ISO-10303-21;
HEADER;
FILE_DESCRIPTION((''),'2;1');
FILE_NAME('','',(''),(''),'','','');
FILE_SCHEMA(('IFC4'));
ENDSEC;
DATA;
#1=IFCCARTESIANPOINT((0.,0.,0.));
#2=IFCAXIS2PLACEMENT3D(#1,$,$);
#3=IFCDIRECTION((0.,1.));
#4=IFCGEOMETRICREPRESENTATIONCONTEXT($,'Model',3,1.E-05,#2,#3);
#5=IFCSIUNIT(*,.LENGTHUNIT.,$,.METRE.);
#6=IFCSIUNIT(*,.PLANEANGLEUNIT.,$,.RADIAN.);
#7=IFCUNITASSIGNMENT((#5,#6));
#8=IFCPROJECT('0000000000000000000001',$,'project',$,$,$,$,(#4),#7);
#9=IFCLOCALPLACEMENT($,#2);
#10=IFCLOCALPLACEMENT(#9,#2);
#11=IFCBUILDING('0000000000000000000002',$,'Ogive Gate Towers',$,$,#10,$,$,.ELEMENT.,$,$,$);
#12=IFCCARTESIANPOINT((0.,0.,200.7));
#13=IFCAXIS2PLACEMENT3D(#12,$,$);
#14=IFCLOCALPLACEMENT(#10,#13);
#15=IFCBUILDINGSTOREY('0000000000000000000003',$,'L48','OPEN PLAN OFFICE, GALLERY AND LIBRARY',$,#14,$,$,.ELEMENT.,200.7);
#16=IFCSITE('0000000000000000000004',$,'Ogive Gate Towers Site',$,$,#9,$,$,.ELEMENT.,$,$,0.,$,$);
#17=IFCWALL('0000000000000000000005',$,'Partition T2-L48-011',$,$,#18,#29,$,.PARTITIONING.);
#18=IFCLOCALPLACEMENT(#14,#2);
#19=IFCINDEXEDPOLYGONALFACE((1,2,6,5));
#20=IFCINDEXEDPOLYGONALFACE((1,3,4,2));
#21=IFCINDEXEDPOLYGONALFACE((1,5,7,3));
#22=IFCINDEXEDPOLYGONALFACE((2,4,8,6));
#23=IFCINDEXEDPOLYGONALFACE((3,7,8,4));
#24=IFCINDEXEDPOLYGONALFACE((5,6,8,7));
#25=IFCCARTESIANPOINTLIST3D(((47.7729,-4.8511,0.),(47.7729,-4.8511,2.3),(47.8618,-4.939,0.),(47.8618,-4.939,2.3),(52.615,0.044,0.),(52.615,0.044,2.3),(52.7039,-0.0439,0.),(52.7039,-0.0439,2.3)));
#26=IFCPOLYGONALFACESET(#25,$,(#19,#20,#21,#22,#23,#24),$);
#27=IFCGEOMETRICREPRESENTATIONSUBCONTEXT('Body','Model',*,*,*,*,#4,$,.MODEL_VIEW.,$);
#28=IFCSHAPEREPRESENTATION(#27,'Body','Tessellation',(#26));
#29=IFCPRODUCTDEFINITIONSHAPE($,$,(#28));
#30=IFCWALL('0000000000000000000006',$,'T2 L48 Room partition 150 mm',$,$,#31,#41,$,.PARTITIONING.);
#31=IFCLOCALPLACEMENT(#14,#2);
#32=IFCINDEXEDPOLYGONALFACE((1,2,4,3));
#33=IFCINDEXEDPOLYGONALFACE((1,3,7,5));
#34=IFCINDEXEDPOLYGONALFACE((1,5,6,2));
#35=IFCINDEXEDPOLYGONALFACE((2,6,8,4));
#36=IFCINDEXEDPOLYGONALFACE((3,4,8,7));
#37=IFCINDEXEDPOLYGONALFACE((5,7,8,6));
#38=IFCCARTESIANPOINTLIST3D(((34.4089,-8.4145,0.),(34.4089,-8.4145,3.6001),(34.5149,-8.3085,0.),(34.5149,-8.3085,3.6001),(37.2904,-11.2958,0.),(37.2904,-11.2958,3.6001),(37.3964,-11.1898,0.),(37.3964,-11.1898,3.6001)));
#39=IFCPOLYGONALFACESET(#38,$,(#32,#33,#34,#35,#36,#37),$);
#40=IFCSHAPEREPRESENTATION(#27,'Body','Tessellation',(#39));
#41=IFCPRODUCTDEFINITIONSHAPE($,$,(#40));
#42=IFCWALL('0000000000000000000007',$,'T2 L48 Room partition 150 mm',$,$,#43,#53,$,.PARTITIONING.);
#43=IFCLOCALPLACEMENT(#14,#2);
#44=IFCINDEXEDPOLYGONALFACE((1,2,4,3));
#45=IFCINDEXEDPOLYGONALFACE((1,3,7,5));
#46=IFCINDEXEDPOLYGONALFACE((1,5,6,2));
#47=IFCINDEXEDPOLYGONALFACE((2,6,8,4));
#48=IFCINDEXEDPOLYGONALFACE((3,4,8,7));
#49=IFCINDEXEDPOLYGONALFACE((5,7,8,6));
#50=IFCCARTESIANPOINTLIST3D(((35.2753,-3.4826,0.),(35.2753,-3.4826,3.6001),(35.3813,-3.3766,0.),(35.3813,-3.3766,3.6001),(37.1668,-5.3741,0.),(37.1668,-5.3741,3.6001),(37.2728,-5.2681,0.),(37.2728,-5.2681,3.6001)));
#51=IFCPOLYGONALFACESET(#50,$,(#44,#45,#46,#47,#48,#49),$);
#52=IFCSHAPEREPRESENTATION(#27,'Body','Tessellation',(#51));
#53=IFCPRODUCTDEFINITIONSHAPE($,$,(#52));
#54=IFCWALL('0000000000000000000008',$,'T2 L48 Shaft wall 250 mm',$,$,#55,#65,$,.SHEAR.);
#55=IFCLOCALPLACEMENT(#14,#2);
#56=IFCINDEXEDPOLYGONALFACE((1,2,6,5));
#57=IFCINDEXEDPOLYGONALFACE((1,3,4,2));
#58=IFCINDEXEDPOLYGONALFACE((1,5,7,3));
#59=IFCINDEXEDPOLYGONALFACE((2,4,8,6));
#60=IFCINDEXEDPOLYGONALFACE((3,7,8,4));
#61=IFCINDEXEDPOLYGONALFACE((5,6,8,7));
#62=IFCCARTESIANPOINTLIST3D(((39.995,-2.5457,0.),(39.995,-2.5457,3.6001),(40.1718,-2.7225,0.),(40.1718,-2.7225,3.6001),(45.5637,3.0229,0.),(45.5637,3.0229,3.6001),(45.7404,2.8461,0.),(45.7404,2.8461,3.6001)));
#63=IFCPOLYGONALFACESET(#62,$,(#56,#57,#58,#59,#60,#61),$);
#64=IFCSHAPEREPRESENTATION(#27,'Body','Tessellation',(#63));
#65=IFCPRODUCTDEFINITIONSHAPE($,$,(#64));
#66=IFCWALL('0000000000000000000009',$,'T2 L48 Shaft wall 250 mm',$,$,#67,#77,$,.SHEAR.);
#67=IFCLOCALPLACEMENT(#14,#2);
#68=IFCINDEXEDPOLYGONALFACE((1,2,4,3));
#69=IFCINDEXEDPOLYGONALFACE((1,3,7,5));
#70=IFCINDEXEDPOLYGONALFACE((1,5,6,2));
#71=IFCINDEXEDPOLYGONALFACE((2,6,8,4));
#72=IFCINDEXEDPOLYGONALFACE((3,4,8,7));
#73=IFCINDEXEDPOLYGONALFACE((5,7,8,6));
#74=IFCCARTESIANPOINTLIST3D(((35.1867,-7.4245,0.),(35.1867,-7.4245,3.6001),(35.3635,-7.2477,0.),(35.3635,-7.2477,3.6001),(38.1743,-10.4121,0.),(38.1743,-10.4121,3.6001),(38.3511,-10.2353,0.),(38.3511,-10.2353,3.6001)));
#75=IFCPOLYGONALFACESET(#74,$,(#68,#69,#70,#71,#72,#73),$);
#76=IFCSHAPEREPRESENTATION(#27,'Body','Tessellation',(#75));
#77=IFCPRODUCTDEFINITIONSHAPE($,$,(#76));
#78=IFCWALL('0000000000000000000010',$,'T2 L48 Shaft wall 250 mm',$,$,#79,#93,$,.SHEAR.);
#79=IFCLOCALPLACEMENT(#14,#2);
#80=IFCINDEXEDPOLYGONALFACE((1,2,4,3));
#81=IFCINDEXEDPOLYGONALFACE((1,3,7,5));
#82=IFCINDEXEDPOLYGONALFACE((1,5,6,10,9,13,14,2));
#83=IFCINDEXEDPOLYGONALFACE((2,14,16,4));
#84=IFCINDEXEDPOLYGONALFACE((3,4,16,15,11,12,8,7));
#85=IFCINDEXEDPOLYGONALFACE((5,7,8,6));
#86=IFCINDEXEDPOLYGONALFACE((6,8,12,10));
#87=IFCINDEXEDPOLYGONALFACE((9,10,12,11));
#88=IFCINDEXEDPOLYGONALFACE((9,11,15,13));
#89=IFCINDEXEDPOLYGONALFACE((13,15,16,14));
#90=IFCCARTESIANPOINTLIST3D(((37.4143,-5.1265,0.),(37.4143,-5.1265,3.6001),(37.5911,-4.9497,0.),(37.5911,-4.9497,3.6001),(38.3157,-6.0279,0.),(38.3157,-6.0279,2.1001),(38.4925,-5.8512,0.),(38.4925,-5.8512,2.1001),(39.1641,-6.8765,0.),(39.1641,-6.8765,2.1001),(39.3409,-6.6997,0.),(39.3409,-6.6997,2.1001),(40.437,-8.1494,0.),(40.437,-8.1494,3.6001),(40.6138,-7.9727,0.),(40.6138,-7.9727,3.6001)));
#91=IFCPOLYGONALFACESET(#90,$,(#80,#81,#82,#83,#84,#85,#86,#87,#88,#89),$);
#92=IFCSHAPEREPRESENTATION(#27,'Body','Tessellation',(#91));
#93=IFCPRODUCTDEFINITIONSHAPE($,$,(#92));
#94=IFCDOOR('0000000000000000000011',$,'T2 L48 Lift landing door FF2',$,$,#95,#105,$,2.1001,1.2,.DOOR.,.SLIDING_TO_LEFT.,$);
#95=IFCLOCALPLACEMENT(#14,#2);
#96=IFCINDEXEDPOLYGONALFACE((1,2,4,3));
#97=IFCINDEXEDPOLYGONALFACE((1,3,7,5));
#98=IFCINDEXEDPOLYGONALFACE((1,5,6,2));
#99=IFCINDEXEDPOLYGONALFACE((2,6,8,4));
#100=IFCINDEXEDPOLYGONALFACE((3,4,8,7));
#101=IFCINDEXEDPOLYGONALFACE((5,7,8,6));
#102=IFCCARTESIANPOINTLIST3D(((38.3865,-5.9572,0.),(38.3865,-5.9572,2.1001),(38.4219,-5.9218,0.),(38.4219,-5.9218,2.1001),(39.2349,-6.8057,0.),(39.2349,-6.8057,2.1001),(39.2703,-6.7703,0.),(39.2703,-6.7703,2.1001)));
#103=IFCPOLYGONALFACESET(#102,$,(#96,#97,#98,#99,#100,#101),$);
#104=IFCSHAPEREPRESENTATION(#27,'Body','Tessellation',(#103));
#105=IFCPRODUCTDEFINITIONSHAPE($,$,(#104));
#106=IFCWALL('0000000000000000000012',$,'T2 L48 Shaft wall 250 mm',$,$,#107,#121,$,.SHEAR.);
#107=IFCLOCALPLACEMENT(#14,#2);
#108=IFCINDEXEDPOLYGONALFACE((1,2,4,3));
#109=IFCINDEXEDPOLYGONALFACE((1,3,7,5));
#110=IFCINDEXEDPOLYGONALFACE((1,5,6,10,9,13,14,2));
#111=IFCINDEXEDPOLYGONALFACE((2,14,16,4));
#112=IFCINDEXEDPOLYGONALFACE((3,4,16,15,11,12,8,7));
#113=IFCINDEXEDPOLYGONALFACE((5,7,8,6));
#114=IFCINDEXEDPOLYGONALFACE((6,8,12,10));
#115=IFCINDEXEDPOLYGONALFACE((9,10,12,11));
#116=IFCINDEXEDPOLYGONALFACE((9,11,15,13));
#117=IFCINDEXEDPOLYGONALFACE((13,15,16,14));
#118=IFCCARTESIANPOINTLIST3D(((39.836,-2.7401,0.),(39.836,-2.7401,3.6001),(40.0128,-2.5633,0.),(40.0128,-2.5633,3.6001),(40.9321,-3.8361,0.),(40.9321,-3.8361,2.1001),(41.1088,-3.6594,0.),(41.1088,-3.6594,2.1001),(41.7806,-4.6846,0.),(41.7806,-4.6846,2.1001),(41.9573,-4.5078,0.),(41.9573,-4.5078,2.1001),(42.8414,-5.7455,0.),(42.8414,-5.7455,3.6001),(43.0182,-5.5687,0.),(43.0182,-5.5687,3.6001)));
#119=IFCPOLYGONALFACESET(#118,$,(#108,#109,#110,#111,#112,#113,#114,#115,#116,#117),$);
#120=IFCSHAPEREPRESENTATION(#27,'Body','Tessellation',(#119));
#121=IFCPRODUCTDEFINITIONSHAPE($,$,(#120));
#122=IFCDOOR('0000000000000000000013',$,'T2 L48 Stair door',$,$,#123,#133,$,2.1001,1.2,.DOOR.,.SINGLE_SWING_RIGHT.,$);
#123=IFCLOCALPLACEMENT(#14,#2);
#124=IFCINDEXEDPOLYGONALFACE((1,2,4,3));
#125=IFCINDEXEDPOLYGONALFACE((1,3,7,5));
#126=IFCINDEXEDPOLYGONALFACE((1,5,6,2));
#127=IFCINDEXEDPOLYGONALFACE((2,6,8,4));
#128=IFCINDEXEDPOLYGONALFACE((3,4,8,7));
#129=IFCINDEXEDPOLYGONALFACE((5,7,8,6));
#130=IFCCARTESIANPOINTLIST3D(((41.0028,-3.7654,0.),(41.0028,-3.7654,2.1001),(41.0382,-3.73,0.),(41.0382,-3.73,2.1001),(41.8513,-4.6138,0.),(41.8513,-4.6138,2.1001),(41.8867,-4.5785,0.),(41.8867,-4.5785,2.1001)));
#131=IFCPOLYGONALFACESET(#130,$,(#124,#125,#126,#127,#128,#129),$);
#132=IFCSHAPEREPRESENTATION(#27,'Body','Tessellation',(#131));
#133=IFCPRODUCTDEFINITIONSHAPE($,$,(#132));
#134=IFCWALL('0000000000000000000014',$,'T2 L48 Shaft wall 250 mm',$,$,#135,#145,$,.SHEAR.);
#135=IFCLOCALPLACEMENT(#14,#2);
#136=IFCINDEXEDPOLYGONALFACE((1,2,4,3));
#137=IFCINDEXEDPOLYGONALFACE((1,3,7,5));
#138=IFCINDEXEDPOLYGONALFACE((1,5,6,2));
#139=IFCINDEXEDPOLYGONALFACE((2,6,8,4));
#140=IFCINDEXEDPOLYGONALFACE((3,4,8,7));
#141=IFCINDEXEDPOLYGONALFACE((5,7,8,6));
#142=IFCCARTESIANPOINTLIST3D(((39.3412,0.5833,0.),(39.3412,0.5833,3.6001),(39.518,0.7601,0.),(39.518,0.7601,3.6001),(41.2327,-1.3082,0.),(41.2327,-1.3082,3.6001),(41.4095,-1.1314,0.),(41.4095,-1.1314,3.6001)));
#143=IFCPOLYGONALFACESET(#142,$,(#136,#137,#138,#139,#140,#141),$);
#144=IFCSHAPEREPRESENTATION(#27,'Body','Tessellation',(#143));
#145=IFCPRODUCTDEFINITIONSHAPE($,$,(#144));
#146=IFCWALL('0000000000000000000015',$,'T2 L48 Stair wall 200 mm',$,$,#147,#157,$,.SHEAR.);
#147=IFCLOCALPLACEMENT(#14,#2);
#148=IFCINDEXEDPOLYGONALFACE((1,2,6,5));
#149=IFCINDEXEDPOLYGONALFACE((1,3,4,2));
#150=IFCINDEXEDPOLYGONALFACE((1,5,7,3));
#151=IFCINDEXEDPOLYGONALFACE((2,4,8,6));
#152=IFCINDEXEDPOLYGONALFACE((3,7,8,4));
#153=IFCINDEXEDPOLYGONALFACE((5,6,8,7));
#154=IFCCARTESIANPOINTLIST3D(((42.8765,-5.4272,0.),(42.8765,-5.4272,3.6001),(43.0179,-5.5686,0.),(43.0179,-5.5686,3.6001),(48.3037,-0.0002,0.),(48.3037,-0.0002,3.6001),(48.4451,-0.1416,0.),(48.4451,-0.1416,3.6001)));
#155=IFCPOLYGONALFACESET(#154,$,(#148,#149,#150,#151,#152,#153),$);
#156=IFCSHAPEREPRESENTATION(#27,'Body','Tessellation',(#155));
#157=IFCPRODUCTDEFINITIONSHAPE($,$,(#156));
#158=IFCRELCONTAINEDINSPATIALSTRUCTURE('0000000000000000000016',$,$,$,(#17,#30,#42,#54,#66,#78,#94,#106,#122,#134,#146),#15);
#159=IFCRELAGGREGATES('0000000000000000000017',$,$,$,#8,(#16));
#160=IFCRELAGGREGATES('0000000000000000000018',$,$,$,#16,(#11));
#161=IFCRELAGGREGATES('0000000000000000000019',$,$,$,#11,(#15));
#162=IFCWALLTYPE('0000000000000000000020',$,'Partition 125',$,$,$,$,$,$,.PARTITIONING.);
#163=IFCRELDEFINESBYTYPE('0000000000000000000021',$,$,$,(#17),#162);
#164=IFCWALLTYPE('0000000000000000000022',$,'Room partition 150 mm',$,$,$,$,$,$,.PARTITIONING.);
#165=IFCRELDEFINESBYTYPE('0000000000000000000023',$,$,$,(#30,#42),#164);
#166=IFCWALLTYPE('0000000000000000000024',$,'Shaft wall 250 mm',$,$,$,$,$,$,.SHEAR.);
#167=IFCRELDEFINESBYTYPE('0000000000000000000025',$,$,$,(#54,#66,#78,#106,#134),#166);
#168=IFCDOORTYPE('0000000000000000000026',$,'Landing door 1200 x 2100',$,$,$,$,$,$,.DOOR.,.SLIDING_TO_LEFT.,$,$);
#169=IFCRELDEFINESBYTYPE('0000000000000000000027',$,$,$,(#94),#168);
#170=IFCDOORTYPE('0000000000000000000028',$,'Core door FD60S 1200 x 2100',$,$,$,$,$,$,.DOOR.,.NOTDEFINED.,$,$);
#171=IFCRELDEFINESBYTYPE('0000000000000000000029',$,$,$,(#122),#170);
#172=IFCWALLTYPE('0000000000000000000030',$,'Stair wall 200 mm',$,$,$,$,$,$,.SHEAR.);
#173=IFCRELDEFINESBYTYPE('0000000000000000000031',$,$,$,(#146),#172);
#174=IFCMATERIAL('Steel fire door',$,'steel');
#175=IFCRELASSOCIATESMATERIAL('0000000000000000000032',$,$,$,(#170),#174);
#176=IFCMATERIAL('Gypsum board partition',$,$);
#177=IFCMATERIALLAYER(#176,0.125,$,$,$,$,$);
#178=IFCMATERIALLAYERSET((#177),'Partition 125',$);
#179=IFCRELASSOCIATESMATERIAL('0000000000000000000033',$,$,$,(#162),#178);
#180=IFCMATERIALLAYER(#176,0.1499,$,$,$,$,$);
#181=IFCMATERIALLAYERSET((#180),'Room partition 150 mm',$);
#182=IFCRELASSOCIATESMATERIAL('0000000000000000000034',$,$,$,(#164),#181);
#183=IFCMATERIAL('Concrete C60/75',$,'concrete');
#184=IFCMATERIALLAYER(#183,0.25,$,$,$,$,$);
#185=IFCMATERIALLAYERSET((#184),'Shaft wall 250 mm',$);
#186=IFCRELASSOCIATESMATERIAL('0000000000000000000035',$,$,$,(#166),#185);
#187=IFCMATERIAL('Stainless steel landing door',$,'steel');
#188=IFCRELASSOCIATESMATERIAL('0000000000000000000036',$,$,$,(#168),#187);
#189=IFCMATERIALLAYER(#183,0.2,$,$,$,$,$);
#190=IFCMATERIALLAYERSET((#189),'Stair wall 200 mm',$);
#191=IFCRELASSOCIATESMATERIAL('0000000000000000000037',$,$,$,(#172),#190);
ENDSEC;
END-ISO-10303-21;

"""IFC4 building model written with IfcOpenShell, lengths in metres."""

from ifc_helpers import new_model, si_unit, direction, frame, frame_2d, origin, place, context, subcontext, project, spatial, rectangle, extrude, material, layer, layer_set, type_object, element, fill, save


model = new_model("IFC4")

# Units and contexts
model_context = context("Model", 3, precision=1e-05, world=origin(), true_north=direction((0.0, 1.0)))
body_context = subcontext(model_context, "Body", "Model", "MODEL_VIEW")
ifc_project = project(units=[si_unit("LENGTHUNIT", "METRE"), si_unit("PLANEANGLEUNIT", "RADIAN")], contexts=[model_context])

# Site, building, storey
site_placement = place(None, origin())
site = spatial("IfcSite", under=ifc_project, at=site_placement, Name="Ogive Gate Towers Site", CompositionType="ELEMENT", RefElevation=0.0)
building_placement = place(site_placement, origin())
building = spatial("IfcBuilding", under=site, at=building_placement, Name="Ogive Gate Towers", CompositionType="ELEMENT")
storey_placement = place(building_placement, frame((0.0, 0.0, 200.7)))
storey = spatial("IfcBuildingStorey", under=building, at=storey_placement, Name="L48", Description="OPEN PLAN OFFICE, GALLERY AND LIBRARY", CompositionType="ELEMENT", Elevation=200.7)

# Shared definitions
ifc_material_1 = material(Name="Concrete C60/75", Category="concrete")
ifc_material_2 = material(Name="Steel fire door", Category="steel")
door_type_1 = type_object("IfcDoorType", Name="Core door FD60S 1200 x 2100", OperationType="NOTDEFINED", PredefinedType="DOOR", material=ifc_material_2)

# Walls
ifc_material_3 = material(Name="Gypsum board partition")
ifc_layer_1 = layer(ifc_material_3, 0.125)
ifc_layer_set_1 = layer_set([ifc_layer_1], Name="Partition 125")
wall_type_1 = type_object("IfcWallType", Name="Partition 125", PredefinedType="PARTITIONING", material=ifc_layer_set_1)
wall_1_placement = place(storey_placement, frame((47.8174, -4.895, 0.0), z_axis=(0.0, 0.0, 1.0), x_axis=(0.703249, 0.710944, 0.0)))
element("IfcWall", 1, at=wall_1_placement, inside=storey, type_object=wall_type_1, Name="Partition T2-L48-011", PredefinedType="PARTITIONING", context=body_context, shape_type="SweptSolid", body=[
    extrude(rectangle(XDim=6.8853, YDim=0.125, at=frame_2d((3.4426, 0.0))), origin(), (0.0, 0.0, 1.0), 2.3),
])
ifc_layer_2 = layer(ifc_material_3, 0.1499)
ifc_layer_set_2 = layer_set([ifc_layer_2], Name="Room partition 150 mm")
wall_type_2 = type_object("IfcWallType", Name="Room partition 150 mm", PredefinedType="PARTITIONING", material=ifc_layer_set_2)
wall_2_placement = place(storey_placement, frame((37.3435, -11.2429, 0.0), z_axis=(0.0, 0.0, 1.0), x_axis=(-0.707137, 0.707077, 0.0)))
element("IfcWall", 2, at=wall_2_placement, inside=storey, type_object=wall_type_2, Name="T2 L48 Room partition 150 mm", PredefinedType="PARTITIONING", context=body_context, shape_type="SweptSolid", body=[
    extrude(rectangle(XDim=4.075, YDim=0.1499, at=frame_2d((2.0376, 0.0))), origin(), (0.0, 0.0, 1.0), 3.6001),
])
wall_3_placement = place(storey_placement, frame((37.2197, -5.321, 0.0), z_axis=(0.0, 0.0, 1.0), x_axis=(-0.707107, 0.707107, 0.0)))
element("IfcWall", 3, at=wall_3_placement, inside=storey, type_object=wall_type_2, Name="T2 L48 Room partition 150 mm", PredefinedType="PARTITIONING", context=body_context, shape_type="SweptSolid", body=[
    extrude(rectangle(XDim=2.675, YDim=0.1499, at=frame_2d((1.3374, 0.0))), origin(), (0.0, 0.0, 1.0), 3.6001),
])
ifc_layer_3 = layer(ifc_material_1, 0.25)
ifc_layer_set_3 = layer_set([ifc_layer_3], Name="Shaft wall 250 mm")
wall_type_3 = type_object("IfcWallType", Name="Shaft wall 250 mm", PredefinedType="SHEAR", material=ifc_layer_set_3)
wall_4_placement = place(storey_placement, frame((40.0835, -2.634, 0.0), z_axis=(0.0, 0.0, 1.0), x_axis=(0.707107, 0.707107, 0.0)))
element("IfcWall", 4, at=wall_4_placement, inside=storey, type_object=wall_type_3, Name="T2 L48 Shaft wall 250 mm", PredefinedType="SHEAR", context=body_context, shape_type="SweptSolid", body=[
    extrude(rectangle(XDim=7.8752, YDim=0.25, at=frame_2d((3.9375, 0.0))), origin(), (0.0, 0.0, 1.0), 3.6001),
])
wall_5_placement = place(storey_placement, frame((38.2627, -10.3237, 0.0), z_axis=(0.0, 0.0, 1.0), x_axis=(-0.707107, 0.707107, 0.0)))
element("IfcWall", 5, at=wall_5_placement, inside=storey, type_object=wall_type_3, Name="T2 L48 Shaft wall 250 mm", PredefinedType="SHEAR", context=body_context, shape_type="SweptSolid", body=[
    extrude(rectangle(XDim=4.2251, YDim=0.25, at=frame_2d((2.1125, 0.0))), origin(), (0.0, 0.0, 1.0), 3.6001),
])

# Walls, openings, doors
wall_6_placement = place(storey_placement, frame((40.5254, -8.061, 0.0), z_axis=(0.0, 0.0, 1.0), x_axis=(-0.707078, 0.707135, 0.0)))
wall_6 = element("IfcWall", 6, at=wall_6_placement, inside=storey, type_object=wall_type_3, Name="T2 L48 Shaft wall 250 mm", PredefinedType="SHEAR", context=body_context, shape_type="SweptSolid", body=[
    extrude(rectangle(XDim=4.2749, YDim=0.25, at=frame_2d((2.1375, 0.0))), origin(), (0.0, 0.0, 1.0), 3.6001),
])
opening_1_placement = place(wall_6_placement, frame((1.8, 0.0, 0.0)))
opening_1 = element("IfcOpeningElement", 7, at=opening_1_placement, cuts=wall_6, PredefinedType="OPENING", context=body_context, shape_type="SweptSolid", body=[
    extrude(rectangle(XDim=1.2, YDim=2.1001, at=frame_2d((0.6001, 1.05))), frame((0.0, 0.135, 0.0), z_axis=(0.0, -1.0, 0.0), x_axis=(1.0, 0.0, 0.0)), (0.0, 0.0, 1.0), 0.27),
])
ifc_material_4 = material(Name="Stainless steel landing door", Category="steel")
door_type_2 = type_object("IfcDoorType", Name="Landing door 1200 x 2100", OperationType="SLIDING_TO_LEFT", PredefinedType="DOOR", material=ifc_material_4)
door_1_placement = place(opening_1_placement, origin())
door_1 = element("IfcDoor", 8, at=door_1_placement, inside=storey, type_object=door_type_2, Name="T2 L48 Lift landing door FF2", OperationType="SLIDING_TO_LEFT", OverallHeight=2.1001, OverallWidth=1.2, PredefinedType="DOOR", context=body_context, shape_type="SweptSolid", body=[
    extrude(rectangle(XDim=1.2, YDim=2.1001, at=frame_2d((0.6001, 1.05))), frame((0.0, 0.0249, 0.0), z_axis=(0.0, -1.0, 0.0), x_axis=(1.0, 0.0, 0.0)), (0.0, 0.0, 1.0), 0.05),
])
fill(opening_1, door_1)
wall_7_placement = place(storey_placement, frame((42.9297, -5.657, 0.0), z_axis=(0.0, 0.0, 1.0), x_axis=(-0.707107, 0.707107, 0.0)))
wall_7 = element("IfcWall", 9, at=wall_7_placement, inside=storey, type_object=wall_type_3, Name="T2 L48 Shaft wall 250 mm", PredefinedType="SHEAR", context=body_context, shape_type="SweptSolid", body=[
    extrude(rectangle(XDim=4.2502, YDim=0.25, at=frame_2d((2.125, 0.0))), origin(), (0.0, 0.0, 1.0), 3.6001),
])
opening_2_placement = place(wall_7_placement, frame((1.5, 0.0, 0.0)))
opening_2 = element("IfcOpeningElement", 10, at=opening_2_placement, cuts=wall_7, PredefinedType="OPENING", context=body_context, shape_type="SweptSolid", body=[
    extrude(rectangle(XDim=1.2, YDim=2.1001, at=frame_2d((0.6001, 1.05))), frame((0.0, 0.135, 0.0), z_axis=(0.0, -1.0, 0.0), x_axis=(1.0, 0.0, 0.0)), (0.0, 0.0, 1.0), 0.27),
])
door_2_placement = place(opening_2_placement, origin())
door_2 = element("IfcDoor", 11, at=door_2_placement, inside=storey, type_object=door_type_1, Name="T2 L48 Stair door", OperationType="SINGLE_SWING_RIGHT", OverallHeight=2.1001, OverallWidth=1.2, PredefinedType="DOOR", context=body_context, shape_type="SweptSolid", body=[
    extrude(rectangle(XDim=1.2, YDim=2.1001, at=frame_2d((0.6001, 1.05))), frame((0.0, 0.0249, 0.0), z_axis=(0.0, -1.0, 0.0), x_axis=(1.0, 0.0, 0.0)), (0.0, 0.0, 1.0), 0.05),
])
fill(opening_2, door_2)

# Walls
wall_8_placement = place(storey_placement, frame((41.321, -1.2197, 0.0), z_axis=(0.0, 0.0, 1.0), x_axis=(-0.707107, 0.707107, 0.0)))
element("IfcWall", 12, at=wall_8_placement, inside=storey, type_object=wall_type_3, Name="T2 L48 Shaft wall 250 mm", PredefinedType="SHEAR", context=body_context, shape_type="SweptSolid", body=[
    extrude(rectangle(XDim=2.675, YDim=0.25, at=frame_2d((1.3374, 0.0))), origin(), (0.0, 0.0, 1.0), 3.6001),
])
ifc_layer_4 = layer(ifc_material_1, 0.2)
ifc_layer_set_4 = layer_set([ifc_layer_4], Name="Stair wall 200 mm")
wall_type_4 = type_object("IfcWallType", Name="Stair wall 200 mm", PredefinedType="SHEAR", material=ifc_layer_set_4)
wall_9_placement = place(storey_placement, frame((42.9473, -5.4978, 0.0), z_axis=(0.0, 0.0, 1.0), x_axis=(0.707123, 0.707091, 0.0)))
element("IfcWall", 13, at=wall_9_placement, inside=storey, type_object=wall_type_4, Name="T2 L48 Stair wall 200 mm", PredefinedType="SHEAR", context=body_context, shape_type="SweptSolid", body=[
    extrude(rectangle(XDim=7.675, YDim=0.2, at=frame_2d((3.8374, 0.0))), origin(), (0.0, 0.0, 1.0), 3.6001),
])

save(model, "model.ifc")
